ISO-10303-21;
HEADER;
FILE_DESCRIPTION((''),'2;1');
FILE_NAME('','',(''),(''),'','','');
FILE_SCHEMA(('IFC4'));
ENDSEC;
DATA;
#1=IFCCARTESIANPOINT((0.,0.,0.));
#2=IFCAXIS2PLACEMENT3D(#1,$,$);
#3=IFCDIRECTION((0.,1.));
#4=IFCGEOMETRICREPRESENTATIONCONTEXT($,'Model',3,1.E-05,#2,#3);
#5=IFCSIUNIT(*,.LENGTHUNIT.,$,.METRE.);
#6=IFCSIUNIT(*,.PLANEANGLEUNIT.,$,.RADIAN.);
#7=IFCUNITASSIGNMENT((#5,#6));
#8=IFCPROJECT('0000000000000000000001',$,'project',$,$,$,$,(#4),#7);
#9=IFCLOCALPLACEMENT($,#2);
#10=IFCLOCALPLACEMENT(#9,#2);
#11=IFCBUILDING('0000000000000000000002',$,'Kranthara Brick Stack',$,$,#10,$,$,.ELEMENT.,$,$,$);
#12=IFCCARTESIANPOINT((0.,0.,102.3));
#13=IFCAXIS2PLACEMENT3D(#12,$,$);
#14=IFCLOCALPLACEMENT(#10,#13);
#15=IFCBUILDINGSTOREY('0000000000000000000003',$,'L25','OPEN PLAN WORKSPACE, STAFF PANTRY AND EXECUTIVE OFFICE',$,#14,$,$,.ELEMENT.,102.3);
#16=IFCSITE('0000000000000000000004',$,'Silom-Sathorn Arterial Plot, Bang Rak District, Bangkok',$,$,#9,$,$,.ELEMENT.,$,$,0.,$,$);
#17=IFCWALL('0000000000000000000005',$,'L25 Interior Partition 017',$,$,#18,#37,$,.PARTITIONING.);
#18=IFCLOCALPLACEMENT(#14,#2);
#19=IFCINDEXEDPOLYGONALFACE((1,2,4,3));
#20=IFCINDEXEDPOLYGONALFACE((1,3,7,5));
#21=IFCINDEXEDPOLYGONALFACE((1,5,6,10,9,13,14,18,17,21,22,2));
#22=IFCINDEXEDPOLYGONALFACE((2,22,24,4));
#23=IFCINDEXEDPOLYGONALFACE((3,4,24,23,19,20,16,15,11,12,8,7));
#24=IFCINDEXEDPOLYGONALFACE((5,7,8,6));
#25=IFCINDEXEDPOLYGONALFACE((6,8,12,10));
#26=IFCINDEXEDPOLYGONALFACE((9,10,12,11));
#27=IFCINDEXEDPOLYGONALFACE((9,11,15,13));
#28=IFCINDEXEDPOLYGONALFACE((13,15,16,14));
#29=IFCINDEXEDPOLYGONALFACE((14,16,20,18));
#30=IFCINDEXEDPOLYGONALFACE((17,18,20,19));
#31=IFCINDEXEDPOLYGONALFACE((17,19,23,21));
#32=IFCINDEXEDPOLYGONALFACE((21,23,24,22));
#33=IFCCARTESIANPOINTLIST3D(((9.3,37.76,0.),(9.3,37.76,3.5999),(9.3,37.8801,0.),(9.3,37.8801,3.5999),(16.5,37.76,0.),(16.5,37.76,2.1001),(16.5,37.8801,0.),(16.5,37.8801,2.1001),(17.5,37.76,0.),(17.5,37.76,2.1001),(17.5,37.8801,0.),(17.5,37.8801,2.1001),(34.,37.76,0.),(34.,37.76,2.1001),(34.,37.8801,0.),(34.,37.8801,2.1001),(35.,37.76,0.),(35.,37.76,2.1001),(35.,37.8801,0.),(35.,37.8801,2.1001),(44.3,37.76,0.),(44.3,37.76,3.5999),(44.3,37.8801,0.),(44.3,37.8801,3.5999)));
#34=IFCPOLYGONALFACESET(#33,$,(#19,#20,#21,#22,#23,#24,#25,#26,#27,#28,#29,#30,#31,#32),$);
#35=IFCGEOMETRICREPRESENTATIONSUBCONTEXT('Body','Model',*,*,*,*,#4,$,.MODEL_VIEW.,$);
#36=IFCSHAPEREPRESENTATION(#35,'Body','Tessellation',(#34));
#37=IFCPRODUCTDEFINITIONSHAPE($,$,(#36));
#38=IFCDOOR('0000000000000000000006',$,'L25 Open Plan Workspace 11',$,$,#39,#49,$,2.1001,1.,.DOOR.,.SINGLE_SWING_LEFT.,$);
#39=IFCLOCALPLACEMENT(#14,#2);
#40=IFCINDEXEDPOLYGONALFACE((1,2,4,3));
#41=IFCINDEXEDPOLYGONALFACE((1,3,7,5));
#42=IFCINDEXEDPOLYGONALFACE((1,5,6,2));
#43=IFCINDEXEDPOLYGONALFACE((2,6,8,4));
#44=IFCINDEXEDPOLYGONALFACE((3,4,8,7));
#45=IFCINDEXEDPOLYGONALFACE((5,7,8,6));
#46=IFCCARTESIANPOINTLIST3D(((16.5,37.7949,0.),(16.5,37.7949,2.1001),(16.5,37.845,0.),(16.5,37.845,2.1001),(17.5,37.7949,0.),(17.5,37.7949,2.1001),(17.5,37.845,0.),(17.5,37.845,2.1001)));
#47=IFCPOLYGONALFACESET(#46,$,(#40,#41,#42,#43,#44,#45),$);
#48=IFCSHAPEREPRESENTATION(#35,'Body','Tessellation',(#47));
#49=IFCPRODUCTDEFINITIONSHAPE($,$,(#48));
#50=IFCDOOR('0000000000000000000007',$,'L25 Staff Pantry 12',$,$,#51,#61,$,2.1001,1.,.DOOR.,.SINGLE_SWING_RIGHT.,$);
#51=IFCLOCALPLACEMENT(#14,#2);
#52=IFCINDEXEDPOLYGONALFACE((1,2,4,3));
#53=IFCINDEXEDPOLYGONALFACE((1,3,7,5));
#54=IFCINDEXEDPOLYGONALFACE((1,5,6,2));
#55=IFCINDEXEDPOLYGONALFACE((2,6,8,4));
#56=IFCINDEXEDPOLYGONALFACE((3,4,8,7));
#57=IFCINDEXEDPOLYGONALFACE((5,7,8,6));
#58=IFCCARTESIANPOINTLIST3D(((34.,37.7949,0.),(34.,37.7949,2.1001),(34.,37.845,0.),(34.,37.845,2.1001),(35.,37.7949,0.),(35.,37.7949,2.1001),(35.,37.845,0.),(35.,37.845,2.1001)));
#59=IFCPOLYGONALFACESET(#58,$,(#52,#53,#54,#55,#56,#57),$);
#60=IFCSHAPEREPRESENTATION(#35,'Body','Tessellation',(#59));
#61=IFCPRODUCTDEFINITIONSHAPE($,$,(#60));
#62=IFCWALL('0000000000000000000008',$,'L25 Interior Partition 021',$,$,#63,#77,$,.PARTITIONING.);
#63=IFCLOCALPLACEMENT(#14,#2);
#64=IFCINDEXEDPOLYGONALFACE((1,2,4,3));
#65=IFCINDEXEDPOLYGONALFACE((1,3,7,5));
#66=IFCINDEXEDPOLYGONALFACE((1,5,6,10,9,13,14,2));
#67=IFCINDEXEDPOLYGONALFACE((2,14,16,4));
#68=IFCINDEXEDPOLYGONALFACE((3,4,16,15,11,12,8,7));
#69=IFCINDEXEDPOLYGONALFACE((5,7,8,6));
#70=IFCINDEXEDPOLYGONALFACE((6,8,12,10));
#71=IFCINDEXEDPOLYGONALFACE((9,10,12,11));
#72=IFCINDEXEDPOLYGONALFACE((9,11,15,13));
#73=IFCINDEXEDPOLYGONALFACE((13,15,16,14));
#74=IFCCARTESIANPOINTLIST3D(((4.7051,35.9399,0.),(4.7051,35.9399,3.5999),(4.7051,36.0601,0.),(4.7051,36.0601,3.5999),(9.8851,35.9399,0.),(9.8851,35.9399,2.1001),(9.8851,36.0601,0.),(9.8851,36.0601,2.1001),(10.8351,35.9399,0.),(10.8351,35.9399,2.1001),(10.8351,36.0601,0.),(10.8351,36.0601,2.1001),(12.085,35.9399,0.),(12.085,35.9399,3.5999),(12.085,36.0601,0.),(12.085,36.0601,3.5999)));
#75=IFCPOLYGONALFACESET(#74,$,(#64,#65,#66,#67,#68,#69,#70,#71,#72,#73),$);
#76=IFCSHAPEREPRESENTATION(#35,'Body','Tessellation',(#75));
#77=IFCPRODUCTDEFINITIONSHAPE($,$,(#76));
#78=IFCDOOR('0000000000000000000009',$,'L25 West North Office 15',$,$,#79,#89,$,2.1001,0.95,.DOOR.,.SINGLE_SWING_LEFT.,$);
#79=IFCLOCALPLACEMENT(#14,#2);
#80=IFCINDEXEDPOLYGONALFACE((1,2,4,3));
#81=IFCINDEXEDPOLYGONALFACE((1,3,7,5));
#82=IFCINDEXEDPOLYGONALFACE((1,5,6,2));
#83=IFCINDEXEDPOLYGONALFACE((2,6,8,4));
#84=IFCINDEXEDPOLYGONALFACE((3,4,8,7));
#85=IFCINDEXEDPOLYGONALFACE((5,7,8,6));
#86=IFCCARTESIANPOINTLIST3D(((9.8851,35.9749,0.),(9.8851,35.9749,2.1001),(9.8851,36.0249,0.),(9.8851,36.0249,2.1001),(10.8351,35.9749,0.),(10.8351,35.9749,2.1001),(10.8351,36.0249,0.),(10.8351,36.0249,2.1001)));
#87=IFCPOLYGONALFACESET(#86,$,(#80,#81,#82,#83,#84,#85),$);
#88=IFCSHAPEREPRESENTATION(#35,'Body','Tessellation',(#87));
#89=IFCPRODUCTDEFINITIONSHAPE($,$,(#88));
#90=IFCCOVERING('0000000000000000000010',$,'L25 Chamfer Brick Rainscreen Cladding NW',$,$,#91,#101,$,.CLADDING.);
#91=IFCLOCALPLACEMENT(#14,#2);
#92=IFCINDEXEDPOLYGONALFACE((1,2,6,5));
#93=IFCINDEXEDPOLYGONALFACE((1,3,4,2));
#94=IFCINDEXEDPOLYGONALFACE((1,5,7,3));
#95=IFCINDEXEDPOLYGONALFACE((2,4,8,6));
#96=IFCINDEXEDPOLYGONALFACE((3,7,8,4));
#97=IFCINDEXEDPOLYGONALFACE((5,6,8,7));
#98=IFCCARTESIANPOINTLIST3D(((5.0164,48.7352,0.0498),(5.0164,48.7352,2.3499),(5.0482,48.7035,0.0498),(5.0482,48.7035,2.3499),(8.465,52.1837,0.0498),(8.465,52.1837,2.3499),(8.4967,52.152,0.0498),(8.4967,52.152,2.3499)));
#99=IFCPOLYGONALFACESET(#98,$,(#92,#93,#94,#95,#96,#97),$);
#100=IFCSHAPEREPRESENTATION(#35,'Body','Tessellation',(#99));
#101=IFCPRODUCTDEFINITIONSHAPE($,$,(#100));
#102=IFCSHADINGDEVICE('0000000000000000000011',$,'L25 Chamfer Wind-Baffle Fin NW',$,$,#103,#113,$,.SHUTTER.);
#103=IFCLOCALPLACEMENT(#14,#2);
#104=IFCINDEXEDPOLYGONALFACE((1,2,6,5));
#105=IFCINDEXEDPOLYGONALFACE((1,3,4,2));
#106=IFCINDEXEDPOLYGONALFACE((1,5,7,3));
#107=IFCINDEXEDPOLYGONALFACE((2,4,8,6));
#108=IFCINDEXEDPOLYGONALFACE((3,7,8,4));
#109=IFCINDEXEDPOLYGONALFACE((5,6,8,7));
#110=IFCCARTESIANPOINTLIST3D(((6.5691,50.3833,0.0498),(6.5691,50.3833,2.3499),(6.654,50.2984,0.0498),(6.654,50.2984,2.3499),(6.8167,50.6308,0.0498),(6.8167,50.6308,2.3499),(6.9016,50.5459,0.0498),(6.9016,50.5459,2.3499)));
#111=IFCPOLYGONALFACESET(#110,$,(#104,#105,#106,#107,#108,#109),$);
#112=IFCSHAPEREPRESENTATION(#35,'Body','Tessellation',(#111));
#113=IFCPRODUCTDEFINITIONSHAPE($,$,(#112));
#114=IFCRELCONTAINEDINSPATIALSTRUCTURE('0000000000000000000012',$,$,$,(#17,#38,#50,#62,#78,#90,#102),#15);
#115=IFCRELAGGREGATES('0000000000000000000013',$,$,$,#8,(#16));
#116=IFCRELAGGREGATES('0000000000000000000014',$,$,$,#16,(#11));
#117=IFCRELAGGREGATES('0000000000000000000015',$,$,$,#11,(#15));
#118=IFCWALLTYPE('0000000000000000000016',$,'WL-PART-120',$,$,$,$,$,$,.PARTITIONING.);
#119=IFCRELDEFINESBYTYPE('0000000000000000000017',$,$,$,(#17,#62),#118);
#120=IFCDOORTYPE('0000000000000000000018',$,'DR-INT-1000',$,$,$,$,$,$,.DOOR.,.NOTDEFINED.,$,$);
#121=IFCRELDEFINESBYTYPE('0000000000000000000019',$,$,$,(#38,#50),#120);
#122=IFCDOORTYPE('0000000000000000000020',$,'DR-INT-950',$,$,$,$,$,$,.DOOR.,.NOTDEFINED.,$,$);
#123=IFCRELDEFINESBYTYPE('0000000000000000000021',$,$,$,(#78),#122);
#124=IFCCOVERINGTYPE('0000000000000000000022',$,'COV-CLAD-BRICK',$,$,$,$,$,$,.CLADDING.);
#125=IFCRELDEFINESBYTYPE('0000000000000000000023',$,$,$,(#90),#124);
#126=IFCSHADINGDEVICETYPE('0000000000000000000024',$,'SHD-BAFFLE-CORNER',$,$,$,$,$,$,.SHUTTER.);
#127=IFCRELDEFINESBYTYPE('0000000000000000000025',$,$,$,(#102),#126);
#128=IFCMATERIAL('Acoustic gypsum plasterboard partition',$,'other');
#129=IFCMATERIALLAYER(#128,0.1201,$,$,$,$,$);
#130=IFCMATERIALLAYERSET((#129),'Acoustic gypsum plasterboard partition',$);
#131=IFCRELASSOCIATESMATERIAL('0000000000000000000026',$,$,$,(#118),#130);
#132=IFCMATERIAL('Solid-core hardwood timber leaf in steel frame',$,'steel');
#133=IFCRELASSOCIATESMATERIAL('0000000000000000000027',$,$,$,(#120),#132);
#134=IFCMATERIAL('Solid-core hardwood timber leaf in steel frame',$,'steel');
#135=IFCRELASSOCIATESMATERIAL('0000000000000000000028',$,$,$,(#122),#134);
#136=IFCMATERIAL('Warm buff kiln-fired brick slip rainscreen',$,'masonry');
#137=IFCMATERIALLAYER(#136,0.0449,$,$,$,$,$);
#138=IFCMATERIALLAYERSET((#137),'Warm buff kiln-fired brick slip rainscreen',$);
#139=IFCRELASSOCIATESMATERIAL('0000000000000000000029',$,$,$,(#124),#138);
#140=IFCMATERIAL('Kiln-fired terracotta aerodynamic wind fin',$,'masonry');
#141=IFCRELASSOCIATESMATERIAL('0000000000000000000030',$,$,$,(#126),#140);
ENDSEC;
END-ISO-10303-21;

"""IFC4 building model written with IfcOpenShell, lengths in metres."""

from ifc_helpers import new_model, si_unit, direction, frame, frame_2d, origin, origin_2d, place, context, subcontext, project, spatial, rectangle, extrude, material, layer, layer_set, type_object, element, fill, save


model = new_model("IFC4")

# Units and contexts
model_context = context("Model", 3, precision=1e-05, world=origin(), true_north=direction((0.0, 1.0)))
body_context = subcontext(model_context, "Body", "Model", "MODEL_VIEW")
ifc_project = project(units=[si_unit("LENGTHUNIT", "METRE"), si_unit("PLANEANGLEUNIT", "RADIAN")], contexts=[model_context])

# Site, building, storey
site_placement = place(None, origin())
site = spatial("IfcSite", under=ifc_project, at=site_placement, Name="Silom-Sathorn Arterial Plot, Bang Rak District, Bangkok", CompositionType="ELEMENT", RefElevation=0.0)
building_placement = place(site_placement, origin())
building = spatial("IfcBuilding", under=site, at=building_placement, Name="Kranthara Brick Stack", CompositionType="ELEMENT")
storey_placement = place(building_placement, frame((0.0, 0.0, 102.3)))
storey = spatial("IfcBuildingStorey", under=building, at=storey_placement, Name="L25", Description="OPEN PLAN WORKSPACE, STAFF PANTRY AND EXECUTIVE OFFICE", CompositionType="ELEMENT", Elevation=102.3)

# Wall, openings, doors
ifc_material_1 = material(Name="Acoustic gypsum plasterboard partition", Category="other")
ifc_layer_1 = layer(ifc_material_1, 0.1201)
ifc_layer_set_1 = layer_set([ifc_layer_1], Name="Acoustic gypsum plasterboard partition")
wall_type_1 = type_object("IfcWallType", Name="WL-PART-120", PredefinedType="PARTITIONING", material=ifc_layer_set_1)
wall_1_placement = place(storey_placement, frame((9.3, 37.8201, 0.0), z_axis=(0.0, 0.0, 1.0), x_axis=(1.0, 0.0, 0.0)))
wall_1 = element("IfcWall", 1, at=wall_1_placement, inside=storey, type_object=wall_type_1, Name="L25 Interior Partition 017", PredefinedType="PARTITIONING", context=body_context, shape_type="SweptSolid", body=[
    extrude(rectangle(XDim=35.0, YDim=0.1201, at=frame_2d((17.5, 0.0))), origin(), (0.0, 0.0, 1.0), 3.5999),
])
opening_1_placement = place(wall_1_placement, frame((7.2, 0.0, 0.0)))
opening_1 = element("IfcOpeningElement", 2, at=opening_1_placement, cuts=wall_1, PredefinedType="OPENING", context=body_context, shape_type="SweptSolid", body=[
    extrude(rectangle(XDim=1.0, YDim=2.1001, at=frame_2d((0.5, 1.05))), frame((0.0, 0.0701, 0.0), z_axis=(0.0, -1.0, 0.0), x_axis=(1.0, 0.0, 0.0)), (0.0, 0.0, 1.0), 0.1401),
])
opening_2_placement = place(wall_1_placement, frame((24.7, 0.0, 0.0)))
opening_2 = element("IfcOpeningElement", 3, at=opening_2_placement, cuts=wall_1, PredefinedType="OPENING", context=body_context, shape_type="SweptSolid", body=[
    extrude(rectangle(XDim=1.0, YDim=2.1001, at=frame_2d((0.5, 1.05))), frame((0.0, 0.0701, 0.0), z_axis=(0.0, -1.0, 0.0), x_axis=(1.0, 0.0, 0.0)), (0.0, 0.0, 1.0), 0.1401),
])
ifc_material_2 = material(Name="Solid-core hardwood timber leaf in steel frame", Category="steel")
door_type_1 = type_object("IfcDoorType", Name="DR-INT-1000", OperationType="NOTDEFINED", PredefinedType="DOOR", material=ifc_material_2)
door_1_placement = place(opening_1_placement, origin())
door_1 = element("IfcDoor", 4, at=door_1_placement, inside=storey, type_object=door_type_1, Name="L25 Open Plan Workspace 11", OperationType="SINGLE_SWING_LEFT", OverallHeight=2.1001, OverallWidth=1.0, PredefinedType="DOOR", context=body_context, shape_type="SweptSolid", body=[
    extrude(rectangle(XDim=1.0, YDim=2.1001, at=frame_2d((0.5, 1.05))), frame((0.0, 0.0249, 0.0), z_axis=(0.0, -1.0, 0.0), x_axis=(1.0, 0.0, 0.0)), (0.0, 0.0, 1.0), 0.05),
])
fill(opening_1, door_1)
door_2_placement = place(opening_2_placement, origin())
door_2 = element("IfcDoor", 5, at=door_2_placement, inside=storey, type_object=door_type_1, Name="L25 Staff Pantry 12", OperationType="SINGLE_SWING_RIGHT", OverallHeight=2.1001, OverallWidth=1.0, PredefinedType="DOOR", context=body_context, shape_type="SweptSolid", body=[
    extrude(rectangle(XDim=1.0, YDim=2.1001, at=frame_2d((0.5, 1.05))), frame((0.0, 0.0249, 0.0), z_axis=(0.0, -1.0, 0.0), x_axis=(1.0, 0.0, 0.0)), (0.0, 0.0, 1.0), 0.05),
])
fill(opening_2, door_2)

# Wall, opening, door
wall_2_placement = place(storey_placement, frame((4.7051, 36.0, 0.0), z_axis=(0.0, 0.0, 1.0), x_axis=(1.0, 0.0, 0.0)))
wall_2 = element("IfcWall", 6, at=wall_2_placement, inside=storey, type_object=wall_type_1, Name="L25 Interior Partition 021", PredefinedType="PARTITIONING", context=body_context, shape_type="SweptSolid", body=[
    extrude(rectangle(XDim=7.3799, YDim=0.1201, at=frame_2d((3.6899, 0.0))), origin(), (0.0, 0.0, 1.0), 3.5999),
])
opening_3_placement = place(wall_2_placement, frame((5.1799, 0.0, 0.0)))
opening_3 = element("IfcOpeningElement", 7, at=opening_3_placement, cuts=wall_2, PredefinedType="OPENING", context=body_context, shape_type="SweptSolid", body=[
    extrude(rectangle(XDim=0.95, YDim=2.1001, at=frame_2d((0.4751, 1.05))), frame((0.0, 0.0701, 0.0), z_axis=(0.0, -1.0, 0.0), x_axis=(1.0, 0.0, 0.0)), (0.0, 0.0, 1.0), 0.1401),
])
ifc_material_3 = material(Name="Solid-core hardwood timber leaf in steel frame", Category="steel")
door_type_2 = type_object("IfcDoorType", Name="DR-INT-950", OperationType="NOTDEFINED", PredefinedType="DOOR", material=ifc_material_3)
door_3_placement = place(opening_3_placement, origin())
door_3 = element("IfcDoor", 8, at=door_3_placement, inside=storey, type_object=door_type_2, Name="L25 West North Office 15", OperationType="SINGLE_SWING_LEFT", OverallHeight=2.1001, OverallWidth=0.95, PredefinedType="DOOR", context=body_context, shape_type="SweptSolid", body=[
    extrude(rectangle(XDim=0.95, YDim=2.1001, at=frame_2d((0.4751, 1.05))), frame((0.0, 0.0249, 0.0), z_axis=(0.0, -1.0, 0.0), x_axis=(1.0, 0.0, 0.0)), (0.0, 0.0, 1.0), 0.05),
])
fill(opening_3, door_3)

# Covering
ifc_material_4 = material(Name="Warm buff kiln-fired brick slip rainscreen", Category="masonry")
ifc_layer_2 = layer(ifc_material_4, 0.0449)
ifc_layer_set_2 = layer_set([ifc_layer_2], Name="Warm buff kiln-fired brick slip rainscreen")
covering_type = type_object("IfcCoveringType", Name="COV-CLAD-BRICK", PredefinedType="CLADDING", material=ifc_layer_set_2)
covering_placement = place(storey_placement, frame((6.7566, 50.4436, 0.0498), z_axis=(0.0, 0.0, 1.0), x_axis=(0.707107, 0.707107, 0.0)))
element("IfcCovering", 9, at=covering_placement, inside=storey, type_object=covering_type, Name="L25 Chamfer Brick Rainscreen Cladding NW", PredefinedType="CLADDING", context=body_context, shape_type="SweptSolid", body=[
    extrude(rectangle(XDim=4.877, YDim=0.0449, at=origin_2d()), origin(), (0.0, 0.0, 1.0), 2.3),
])

# Shading device
ifc_material_5 = material(Name="Kiln-fired terracotta aerodynamic wind fin", Category="masonry")
shading_device_type = type_object("IfcShadingDeviceType", Name="SHD-BAFFLE-CORNER", PredefinedType="SHUTTER", material=ifc_material_5)
shading_device_placement = place(storey_placement, frame((6.7354, 50.4646, 0.0498), z_axis=(0.0, 0.0, 1.0), x_axis=(0.707107, 0.707107, 0.0)))
element("IfcShadingDevice", 10, at=shading_device_placement, inside=storey, type_object=shading_device_type, Name="L25 Chamfer Wind-Baffle Fin NW", PredefinedType="SHUTTER", context=body_context, shape_type="SweptSolid", body=[
    extrude(rectangle(XDim=0.3501, YDim=0.1201, at=origin_2d()), origin(), (0.0, 0.0, 1.0), 2.3),
])

save(model, "model.ifc")
